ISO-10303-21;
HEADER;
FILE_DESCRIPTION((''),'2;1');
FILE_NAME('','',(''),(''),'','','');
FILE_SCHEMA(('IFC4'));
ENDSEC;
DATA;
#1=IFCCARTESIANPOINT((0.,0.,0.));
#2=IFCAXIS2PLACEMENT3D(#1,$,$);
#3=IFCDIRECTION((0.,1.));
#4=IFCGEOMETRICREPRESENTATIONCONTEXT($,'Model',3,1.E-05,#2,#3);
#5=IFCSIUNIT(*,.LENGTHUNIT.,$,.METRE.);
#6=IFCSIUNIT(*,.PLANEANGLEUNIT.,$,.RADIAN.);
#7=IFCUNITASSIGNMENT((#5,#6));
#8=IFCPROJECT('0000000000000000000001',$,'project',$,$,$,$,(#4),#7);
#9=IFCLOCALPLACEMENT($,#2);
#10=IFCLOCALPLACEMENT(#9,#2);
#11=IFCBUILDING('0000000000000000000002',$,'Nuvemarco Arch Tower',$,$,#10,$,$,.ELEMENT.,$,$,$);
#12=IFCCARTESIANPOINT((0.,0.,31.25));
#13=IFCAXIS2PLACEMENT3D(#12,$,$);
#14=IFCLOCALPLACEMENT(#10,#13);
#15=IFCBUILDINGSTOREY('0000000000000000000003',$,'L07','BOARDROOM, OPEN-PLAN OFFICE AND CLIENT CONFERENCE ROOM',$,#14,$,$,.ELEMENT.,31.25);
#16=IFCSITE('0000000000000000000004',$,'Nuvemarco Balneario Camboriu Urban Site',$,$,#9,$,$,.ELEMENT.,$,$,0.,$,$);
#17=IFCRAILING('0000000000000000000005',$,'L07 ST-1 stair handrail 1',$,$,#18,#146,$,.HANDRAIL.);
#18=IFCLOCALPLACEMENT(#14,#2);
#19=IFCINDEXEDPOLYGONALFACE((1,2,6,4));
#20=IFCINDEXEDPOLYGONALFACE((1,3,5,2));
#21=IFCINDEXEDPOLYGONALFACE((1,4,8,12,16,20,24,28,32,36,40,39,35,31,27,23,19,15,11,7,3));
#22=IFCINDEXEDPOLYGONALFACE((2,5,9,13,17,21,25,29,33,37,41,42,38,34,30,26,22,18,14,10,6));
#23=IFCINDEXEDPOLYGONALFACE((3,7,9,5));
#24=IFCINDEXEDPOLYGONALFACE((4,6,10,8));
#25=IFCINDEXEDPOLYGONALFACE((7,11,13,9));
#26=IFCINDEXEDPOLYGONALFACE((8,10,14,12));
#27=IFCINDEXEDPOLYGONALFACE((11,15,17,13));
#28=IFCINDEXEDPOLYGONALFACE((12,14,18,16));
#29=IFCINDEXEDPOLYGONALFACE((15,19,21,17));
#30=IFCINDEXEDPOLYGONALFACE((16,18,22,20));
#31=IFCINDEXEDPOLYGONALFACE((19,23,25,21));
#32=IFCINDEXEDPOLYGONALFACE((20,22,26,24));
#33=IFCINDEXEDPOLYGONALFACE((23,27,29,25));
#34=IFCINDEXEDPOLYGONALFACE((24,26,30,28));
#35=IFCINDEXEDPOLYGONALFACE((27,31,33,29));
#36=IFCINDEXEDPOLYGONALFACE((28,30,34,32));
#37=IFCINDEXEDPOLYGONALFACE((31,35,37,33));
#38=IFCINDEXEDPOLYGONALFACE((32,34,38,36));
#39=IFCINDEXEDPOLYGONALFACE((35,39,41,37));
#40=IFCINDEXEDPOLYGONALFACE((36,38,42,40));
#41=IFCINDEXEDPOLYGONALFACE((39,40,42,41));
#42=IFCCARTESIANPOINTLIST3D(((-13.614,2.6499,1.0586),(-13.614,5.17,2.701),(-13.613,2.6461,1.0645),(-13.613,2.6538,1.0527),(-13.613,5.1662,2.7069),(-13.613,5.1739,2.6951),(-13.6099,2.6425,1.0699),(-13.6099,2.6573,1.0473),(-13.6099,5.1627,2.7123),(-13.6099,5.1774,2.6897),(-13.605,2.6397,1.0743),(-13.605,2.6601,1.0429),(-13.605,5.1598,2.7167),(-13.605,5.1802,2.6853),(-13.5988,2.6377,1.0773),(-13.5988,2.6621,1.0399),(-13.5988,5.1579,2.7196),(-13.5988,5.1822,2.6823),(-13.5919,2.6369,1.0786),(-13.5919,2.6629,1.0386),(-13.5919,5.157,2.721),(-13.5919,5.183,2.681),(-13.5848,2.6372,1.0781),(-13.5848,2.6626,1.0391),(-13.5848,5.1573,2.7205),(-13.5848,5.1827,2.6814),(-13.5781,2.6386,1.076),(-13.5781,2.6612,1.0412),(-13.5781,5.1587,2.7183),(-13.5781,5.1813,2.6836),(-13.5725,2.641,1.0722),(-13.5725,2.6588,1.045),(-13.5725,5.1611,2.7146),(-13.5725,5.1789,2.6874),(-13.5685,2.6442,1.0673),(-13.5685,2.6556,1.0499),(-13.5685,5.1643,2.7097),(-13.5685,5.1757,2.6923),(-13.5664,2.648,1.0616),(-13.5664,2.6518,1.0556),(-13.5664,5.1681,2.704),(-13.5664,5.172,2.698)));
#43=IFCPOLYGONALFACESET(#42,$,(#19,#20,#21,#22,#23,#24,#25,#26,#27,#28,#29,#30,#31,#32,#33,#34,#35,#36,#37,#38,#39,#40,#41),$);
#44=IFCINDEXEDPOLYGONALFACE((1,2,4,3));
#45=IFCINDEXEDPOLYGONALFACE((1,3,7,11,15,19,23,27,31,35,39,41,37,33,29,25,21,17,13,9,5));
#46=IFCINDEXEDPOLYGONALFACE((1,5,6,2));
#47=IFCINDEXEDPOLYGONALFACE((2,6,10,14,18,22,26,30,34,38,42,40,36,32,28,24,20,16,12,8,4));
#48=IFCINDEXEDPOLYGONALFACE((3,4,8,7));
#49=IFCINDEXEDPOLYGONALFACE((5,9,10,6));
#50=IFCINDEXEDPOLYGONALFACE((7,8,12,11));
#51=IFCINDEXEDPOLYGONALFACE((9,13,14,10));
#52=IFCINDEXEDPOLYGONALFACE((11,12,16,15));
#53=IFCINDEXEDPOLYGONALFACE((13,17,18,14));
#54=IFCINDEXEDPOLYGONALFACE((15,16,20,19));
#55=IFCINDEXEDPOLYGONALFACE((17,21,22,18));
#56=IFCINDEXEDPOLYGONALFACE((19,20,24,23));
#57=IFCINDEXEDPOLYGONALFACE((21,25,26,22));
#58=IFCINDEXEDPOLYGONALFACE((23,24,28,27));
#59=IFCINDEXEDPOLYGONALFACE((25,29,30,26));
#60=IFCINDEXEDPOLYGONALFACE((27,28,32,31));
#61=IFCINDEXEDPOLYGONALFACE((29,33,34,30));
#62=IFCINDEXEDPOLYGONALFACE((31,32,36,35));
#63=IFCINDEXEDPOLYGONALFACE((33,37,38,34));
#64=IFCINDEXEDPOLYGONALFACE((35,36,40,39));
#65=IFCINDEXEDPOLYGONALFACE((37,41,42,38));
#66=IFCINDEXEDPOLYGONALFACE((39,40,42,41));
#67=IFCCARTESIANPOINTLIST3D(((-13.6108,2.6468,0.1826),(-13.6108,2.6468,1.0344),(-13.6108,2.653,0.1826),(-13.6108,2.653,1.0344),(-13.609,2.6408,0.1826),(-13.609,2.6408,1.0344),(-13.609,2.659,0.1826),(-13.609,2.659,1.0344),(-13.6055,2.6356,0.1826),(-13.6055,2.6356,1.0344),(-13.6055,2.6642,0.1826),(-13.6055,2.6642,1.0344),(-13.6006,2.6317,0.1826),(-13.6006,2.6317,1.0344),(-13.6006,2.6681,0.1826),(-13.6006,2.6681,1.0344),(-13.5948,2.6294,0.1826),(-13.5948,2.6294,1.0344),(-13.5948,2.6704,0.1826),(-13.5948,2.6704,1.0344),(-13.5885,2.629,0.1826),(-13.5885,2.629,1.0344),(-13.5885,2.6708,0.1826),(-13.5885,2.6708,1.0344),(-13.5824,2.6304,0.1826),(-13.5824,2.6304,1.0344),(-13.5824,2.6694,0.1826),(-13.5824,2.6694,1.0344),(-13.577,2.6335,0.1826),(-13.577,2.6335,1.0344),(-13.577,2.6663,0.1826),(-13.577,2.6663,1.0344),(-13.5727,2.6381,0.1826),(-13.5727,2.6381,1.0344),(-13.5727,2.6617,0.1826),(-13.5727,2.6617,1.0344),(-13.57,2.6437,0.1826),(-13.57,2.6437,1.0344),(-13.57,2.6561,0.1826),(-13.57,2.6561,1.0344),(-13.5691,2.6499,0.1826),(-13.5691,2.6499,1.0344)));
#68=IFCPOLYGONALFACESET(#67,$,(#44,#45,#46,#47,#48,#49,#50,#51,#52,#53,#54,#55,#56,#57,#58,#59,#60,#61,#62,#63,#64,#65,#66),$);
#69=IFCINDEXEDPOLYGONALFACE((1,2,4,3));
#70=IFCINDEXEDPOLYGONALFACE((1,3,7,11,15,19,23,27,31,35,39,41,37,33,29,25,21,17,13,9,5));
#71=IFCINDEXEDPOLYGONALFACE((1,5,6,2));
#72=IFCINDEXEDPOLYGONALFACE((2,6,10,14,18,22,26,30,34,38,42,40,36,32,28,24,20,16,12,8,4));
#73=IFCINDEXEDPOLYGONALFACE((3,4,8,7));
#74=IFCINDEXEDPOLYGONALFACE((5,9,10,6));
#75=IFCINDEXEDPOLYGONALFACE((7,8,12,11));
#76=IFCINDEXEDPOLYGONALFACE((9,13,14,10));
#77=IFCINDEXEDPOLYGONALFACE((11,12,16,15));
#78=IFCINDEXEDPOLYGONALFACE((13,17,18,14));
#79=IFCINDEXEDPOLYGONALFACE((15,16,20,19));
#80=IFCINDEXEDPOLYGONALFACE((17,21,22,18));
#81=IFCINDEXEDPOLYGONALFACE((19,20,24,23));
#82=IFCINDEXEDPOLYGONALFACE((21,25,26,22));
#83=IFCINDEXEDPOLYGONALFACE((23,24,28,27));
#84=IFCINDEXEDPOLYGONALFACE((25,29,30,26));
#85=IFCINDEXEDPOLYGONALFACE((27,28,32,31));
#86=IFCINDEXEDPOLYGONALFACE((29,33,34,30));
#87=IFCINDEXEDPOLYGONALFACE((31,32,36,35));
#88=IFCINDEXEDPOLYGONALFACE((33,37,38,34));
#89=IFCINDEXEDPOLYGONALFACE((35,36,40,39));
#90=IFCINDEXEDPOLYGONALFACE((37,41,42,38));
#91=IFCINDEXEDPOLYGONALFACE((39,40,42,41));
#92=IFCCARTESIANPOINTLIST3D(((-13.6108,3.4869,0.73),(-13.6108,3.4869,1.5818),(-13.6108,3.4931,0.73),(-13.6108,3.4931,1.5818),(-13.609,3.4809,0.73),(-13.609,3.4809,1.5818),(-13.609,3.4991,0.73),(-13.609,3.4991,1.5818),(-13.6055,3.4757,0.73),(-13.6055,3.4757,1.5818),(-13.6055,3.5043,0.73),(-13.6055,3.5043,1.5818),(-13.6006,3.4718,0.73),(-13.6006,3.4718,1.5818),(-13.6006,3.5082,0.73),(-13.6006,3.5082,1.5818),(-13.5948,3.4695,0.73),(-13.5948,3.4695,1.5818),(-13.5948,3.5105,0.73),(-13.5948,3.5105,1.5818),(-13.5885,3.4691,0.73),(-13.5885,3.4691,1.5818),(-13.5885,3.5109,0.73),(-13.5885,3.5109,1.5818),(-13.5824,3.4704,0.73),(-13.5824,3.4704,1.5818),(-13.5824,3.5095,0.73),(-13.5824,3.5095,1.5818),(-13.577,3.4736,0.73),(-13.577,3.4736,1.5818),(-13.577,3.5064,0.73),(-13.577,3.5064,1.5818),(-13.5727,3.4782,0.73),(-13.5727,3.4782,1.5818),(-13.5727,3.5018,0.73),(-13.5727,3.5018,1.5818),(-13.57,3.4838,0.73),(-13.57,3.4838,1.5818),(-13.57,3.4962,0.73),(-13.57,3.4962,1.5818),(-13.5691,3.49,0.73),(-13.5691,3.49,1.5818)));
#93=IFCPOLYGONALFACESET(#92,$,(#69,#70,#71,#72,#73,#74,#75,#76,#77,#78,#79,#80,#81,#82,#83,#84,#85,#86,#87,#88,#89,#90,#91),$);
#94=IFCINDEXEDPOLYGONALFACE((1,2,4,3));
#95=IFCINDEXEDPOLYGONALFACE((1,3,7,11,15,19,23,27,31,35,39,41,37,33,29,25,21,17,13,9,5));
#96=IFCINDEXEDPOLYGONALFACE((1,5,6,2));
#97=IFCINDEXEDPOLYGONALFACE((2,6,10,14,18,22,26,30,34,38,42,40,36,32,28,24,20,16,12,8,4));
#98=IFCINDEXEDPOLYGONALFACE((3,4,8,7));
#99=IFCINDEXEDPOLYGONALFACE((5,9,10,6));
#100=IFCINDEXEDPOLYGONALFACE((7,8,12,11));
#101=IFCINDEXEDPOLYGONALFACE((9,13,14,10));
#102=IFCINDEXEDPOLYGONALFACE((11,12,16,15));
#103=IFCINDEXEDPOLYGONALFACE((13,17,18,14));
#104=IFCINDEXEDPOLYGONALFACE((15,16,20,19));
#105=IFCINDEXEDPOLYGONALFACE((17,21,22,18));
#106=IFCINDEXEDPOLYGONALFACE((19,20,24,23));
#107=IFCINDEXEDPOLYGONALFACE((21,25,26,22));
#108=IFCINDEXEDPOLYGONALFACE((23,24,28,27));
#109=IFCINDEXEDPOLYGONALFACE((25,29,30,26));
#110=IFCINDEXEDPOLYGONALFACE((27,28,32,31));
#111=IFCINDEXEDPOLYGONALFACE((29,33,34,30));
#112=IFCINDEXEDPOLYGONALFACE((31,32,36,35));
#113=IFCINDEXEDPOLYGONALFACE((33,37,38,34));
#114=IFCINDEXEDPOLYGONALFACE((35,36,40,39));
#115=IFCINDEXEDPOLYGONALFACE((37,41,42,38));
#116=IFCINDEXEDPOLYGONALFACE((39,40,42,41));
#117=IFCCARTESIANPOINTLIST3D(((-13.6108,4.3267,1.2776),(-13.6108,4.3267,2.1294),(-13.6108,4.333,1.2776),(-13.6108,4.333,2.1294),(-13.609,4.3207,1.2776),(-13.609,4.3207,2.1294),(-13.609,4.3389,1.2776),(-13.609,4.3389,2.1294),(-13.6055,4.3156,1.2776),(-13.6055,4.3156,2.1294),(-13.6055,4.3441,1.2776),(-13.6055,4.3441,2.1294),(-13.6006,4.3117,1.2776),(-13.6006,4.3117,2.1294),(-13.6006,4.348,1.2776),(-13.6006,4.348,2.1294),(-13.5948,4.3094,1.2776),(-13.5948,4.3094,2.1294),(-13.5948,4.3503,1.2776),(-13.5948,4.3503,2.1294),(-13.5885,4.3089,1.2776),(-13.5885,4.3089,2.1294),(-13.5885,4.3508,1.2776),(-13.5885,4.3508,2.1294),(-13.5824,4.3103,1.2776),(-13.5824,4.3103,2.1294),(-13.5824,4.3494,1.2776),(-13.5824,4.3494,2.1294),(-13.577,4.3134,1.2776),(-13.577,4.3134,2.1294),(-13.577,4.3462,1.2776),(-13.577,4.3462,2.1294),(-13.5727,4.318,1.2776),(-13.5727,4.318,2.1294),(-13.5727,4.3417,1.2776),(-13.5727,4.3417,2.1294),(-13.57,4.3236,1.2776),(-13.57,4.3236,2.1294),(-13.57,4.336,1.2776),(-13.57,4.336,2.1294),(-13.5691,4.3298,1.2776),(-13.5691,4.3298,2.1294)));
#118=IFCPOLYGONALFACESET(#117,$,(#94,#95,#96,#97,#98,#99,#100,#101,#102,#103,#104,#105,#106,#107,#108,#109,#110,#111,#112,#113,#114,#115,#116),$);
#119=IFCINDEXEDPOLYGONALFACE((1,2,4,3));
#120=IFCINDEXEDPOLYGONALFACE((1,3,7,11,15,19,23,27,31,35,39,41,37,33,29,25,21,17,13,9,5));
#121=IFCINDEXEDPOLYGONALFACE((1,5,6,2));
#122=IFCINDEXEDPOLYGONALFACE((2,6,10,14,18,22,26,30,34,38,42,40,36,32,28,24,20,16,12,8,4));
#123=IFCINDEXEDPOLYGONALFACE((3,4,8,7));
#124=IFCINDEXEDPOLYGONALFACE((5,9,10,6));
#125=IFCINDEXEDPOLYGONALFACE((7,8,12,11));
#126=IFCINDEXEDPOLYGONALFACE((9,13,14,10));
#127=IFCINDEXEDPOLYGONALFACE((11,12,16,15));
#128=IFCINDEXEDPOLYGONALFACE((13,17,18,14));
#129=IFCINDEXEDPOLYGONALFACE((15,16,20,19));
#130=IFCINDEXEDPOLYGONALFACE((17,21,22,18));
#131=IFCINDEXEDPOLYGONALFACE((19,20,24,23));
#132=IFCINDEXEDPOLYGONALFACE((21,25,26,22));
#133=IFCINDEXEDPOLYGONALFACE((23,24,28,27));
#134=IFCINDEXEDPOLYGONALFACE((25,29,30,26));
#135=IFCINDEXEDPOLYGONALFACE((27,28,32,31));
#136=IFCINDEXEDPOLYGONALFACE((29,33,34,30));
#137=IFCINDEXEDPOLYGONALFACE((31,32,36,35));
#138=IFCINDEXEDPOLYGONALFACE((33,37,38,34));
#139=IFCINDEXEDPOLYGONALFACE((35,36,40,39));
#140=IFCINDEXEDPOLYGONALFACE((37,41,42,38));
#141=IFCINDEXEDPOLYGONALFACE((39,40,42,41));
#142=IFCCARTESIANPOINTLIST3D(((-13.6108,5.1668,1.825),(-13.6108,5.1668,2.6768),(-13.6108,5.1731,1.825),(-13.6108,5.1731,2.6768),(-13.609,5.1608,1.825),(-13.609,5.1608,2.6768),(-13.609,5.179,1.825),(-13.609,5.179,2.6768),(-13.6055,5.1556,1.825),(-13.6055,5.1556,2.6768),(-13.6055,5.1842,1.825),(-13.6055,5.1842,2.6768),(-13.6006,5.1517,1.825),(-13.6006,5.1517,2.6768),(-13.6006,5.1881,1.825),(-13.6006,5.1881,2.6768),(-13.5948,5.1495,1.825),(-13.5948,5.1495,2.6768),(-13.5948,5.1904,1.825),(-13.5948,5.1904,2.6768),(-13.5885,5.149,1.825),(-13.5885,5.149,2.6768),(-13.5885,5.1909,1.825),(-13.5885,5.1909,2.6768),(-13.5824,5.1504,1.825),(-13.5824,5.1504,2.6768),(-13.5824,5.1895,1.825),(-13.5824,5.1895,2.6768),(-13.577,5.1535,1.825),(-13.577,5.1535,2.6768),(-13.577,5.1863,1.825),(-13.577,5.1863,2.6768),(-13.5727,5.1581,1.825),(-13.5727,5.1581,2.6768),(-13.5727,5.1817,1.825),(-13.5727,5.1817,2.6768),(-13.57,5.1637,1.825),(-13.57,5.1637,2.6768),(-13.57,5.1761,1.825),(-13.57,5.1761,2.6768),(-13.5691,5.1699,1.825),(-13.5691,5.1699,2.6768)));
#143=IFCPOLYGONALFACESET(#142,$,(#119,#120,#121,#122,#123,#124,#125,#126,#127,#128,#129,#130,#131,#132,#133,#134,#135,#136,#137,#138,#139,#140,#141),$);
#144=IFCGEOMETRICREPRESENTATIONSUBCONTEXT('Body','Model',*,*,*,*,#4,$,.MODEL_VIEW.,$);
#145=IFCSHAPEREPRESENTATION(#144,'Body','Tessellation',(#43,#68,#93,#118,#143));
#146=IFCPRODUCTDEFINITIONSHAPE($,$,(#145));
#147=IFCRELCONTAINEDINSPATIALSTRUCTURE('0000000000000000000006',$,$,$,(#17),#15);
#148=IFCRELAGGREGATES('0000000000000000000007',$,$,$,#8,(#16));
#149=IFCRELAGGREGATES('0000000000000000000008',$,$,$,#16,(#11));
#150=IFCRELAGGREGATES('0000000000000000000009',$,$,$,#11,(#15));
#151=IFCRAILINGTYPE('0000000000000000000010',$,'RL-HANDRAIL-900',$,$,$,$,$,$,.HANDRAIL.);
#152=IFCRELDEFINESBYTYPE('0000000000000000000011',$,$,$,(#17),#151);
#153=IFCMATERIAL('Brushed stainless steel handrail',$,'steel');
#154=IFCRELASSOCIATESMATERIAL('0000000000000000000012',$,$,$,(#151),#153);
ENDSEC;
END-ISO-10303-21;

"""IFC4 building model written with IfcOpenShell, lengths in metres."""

from ifc_helpers import new_model, si_unit, direction, frame, origin, origin_2d, place, context, subcontext, project, spatial, circle, extrude, material, type_object, element, save


model = new_model("IFC4")

# Units and contexts
model_context = context("Model", 3, precision=1e-05, world=origin(), true_north=direction((0.0, 1.0)))
body_context = subcontext(model_context, "Body", "Model", "MODEL_VIEW")
ifc_project = project(units=[si_unit("LENGTHUNIT", "METRE"), si_unit("PLANEANGLEUNIT", "RADIAN")], contexts=[model_context])

# Site, building, storey
site_placement = place(None, origin())
site = spatial("IfcSite", under=ifc_project, at=site_placement, Name="Nuvemarco Balneario Camboriu Urban Site", CompositionType="ELEMENT", RefElevation=0.0)
building_placement = place(site_placement, origin())
building = spatial("IfcBuilding", under=site, at=building_placement, Name="Nuvemarco Arch Tower", CompositionType="ELEMENT")
storey_placement = place(building_placement, frame((0.0, 0.0, 31.25)))
storey = spatial("IfcBuildingStorey", under=building, at=storey_placement, Name="L07", Description="BOARDROOM, OPEN-PLAN OFFICE AND CLIENT CONFERENCE ROOM", CompositionType="ELEMENT", Elevation=31.25)

# Railing
ifc_material_1 = material(Name="Brushed stainless steel handrail", Category="steel")
railing_type_1 = type_object("IfcRailingType", Name="RL-HANDRAIL-900", PredefinedType="HANDRAIL", material=ifc_material_1)
railing_1_placement = place(storey_placement, frame((-13.5901, 2.6499, 0.1826)))
element("IfcRailing", 1, at=railing_1_placement, inside=storey, type_object=railing_type_1, Name="L07 ST-1 stair handrail 1", PredefinedType="HANDRAIL", context=body_context, shape_type="SweptSolid", body=[
    extrude(circle(Radius=0.0239, at=origin_2d()), frame((0.0, 0.0, 0.876), z_axis=(0.0, 0.837787, 0.545998), x_axis=(-1.0, 0.0, 0.0)), (0.0, 0.0, 1.0), 3.0081),
    extrude(circle(Radius=0.021, at=origin_2d()), origin(), (0.0, 0.0, 1.0), 0.8518),
    extrude(circle(Radius=0.021, at=origin_2d()), frame((0.0, 0.8401, 0.5474)), (0.0, 0.0, 1.0), 0.8518),
    extrude(circle(Radius=0.021, at=origin_2d()), frame((0.0, 1.6799, 1.095)), (0.0, 0.0, 1.0), 0.8518),
    extrude(circle(Radius=0.021, at=origin_2d()), frame((0.0, 2.52, 1.6423)), (0.0, 0.0, 1.0), 0.8518),
])

save(model, "model.ifc")
